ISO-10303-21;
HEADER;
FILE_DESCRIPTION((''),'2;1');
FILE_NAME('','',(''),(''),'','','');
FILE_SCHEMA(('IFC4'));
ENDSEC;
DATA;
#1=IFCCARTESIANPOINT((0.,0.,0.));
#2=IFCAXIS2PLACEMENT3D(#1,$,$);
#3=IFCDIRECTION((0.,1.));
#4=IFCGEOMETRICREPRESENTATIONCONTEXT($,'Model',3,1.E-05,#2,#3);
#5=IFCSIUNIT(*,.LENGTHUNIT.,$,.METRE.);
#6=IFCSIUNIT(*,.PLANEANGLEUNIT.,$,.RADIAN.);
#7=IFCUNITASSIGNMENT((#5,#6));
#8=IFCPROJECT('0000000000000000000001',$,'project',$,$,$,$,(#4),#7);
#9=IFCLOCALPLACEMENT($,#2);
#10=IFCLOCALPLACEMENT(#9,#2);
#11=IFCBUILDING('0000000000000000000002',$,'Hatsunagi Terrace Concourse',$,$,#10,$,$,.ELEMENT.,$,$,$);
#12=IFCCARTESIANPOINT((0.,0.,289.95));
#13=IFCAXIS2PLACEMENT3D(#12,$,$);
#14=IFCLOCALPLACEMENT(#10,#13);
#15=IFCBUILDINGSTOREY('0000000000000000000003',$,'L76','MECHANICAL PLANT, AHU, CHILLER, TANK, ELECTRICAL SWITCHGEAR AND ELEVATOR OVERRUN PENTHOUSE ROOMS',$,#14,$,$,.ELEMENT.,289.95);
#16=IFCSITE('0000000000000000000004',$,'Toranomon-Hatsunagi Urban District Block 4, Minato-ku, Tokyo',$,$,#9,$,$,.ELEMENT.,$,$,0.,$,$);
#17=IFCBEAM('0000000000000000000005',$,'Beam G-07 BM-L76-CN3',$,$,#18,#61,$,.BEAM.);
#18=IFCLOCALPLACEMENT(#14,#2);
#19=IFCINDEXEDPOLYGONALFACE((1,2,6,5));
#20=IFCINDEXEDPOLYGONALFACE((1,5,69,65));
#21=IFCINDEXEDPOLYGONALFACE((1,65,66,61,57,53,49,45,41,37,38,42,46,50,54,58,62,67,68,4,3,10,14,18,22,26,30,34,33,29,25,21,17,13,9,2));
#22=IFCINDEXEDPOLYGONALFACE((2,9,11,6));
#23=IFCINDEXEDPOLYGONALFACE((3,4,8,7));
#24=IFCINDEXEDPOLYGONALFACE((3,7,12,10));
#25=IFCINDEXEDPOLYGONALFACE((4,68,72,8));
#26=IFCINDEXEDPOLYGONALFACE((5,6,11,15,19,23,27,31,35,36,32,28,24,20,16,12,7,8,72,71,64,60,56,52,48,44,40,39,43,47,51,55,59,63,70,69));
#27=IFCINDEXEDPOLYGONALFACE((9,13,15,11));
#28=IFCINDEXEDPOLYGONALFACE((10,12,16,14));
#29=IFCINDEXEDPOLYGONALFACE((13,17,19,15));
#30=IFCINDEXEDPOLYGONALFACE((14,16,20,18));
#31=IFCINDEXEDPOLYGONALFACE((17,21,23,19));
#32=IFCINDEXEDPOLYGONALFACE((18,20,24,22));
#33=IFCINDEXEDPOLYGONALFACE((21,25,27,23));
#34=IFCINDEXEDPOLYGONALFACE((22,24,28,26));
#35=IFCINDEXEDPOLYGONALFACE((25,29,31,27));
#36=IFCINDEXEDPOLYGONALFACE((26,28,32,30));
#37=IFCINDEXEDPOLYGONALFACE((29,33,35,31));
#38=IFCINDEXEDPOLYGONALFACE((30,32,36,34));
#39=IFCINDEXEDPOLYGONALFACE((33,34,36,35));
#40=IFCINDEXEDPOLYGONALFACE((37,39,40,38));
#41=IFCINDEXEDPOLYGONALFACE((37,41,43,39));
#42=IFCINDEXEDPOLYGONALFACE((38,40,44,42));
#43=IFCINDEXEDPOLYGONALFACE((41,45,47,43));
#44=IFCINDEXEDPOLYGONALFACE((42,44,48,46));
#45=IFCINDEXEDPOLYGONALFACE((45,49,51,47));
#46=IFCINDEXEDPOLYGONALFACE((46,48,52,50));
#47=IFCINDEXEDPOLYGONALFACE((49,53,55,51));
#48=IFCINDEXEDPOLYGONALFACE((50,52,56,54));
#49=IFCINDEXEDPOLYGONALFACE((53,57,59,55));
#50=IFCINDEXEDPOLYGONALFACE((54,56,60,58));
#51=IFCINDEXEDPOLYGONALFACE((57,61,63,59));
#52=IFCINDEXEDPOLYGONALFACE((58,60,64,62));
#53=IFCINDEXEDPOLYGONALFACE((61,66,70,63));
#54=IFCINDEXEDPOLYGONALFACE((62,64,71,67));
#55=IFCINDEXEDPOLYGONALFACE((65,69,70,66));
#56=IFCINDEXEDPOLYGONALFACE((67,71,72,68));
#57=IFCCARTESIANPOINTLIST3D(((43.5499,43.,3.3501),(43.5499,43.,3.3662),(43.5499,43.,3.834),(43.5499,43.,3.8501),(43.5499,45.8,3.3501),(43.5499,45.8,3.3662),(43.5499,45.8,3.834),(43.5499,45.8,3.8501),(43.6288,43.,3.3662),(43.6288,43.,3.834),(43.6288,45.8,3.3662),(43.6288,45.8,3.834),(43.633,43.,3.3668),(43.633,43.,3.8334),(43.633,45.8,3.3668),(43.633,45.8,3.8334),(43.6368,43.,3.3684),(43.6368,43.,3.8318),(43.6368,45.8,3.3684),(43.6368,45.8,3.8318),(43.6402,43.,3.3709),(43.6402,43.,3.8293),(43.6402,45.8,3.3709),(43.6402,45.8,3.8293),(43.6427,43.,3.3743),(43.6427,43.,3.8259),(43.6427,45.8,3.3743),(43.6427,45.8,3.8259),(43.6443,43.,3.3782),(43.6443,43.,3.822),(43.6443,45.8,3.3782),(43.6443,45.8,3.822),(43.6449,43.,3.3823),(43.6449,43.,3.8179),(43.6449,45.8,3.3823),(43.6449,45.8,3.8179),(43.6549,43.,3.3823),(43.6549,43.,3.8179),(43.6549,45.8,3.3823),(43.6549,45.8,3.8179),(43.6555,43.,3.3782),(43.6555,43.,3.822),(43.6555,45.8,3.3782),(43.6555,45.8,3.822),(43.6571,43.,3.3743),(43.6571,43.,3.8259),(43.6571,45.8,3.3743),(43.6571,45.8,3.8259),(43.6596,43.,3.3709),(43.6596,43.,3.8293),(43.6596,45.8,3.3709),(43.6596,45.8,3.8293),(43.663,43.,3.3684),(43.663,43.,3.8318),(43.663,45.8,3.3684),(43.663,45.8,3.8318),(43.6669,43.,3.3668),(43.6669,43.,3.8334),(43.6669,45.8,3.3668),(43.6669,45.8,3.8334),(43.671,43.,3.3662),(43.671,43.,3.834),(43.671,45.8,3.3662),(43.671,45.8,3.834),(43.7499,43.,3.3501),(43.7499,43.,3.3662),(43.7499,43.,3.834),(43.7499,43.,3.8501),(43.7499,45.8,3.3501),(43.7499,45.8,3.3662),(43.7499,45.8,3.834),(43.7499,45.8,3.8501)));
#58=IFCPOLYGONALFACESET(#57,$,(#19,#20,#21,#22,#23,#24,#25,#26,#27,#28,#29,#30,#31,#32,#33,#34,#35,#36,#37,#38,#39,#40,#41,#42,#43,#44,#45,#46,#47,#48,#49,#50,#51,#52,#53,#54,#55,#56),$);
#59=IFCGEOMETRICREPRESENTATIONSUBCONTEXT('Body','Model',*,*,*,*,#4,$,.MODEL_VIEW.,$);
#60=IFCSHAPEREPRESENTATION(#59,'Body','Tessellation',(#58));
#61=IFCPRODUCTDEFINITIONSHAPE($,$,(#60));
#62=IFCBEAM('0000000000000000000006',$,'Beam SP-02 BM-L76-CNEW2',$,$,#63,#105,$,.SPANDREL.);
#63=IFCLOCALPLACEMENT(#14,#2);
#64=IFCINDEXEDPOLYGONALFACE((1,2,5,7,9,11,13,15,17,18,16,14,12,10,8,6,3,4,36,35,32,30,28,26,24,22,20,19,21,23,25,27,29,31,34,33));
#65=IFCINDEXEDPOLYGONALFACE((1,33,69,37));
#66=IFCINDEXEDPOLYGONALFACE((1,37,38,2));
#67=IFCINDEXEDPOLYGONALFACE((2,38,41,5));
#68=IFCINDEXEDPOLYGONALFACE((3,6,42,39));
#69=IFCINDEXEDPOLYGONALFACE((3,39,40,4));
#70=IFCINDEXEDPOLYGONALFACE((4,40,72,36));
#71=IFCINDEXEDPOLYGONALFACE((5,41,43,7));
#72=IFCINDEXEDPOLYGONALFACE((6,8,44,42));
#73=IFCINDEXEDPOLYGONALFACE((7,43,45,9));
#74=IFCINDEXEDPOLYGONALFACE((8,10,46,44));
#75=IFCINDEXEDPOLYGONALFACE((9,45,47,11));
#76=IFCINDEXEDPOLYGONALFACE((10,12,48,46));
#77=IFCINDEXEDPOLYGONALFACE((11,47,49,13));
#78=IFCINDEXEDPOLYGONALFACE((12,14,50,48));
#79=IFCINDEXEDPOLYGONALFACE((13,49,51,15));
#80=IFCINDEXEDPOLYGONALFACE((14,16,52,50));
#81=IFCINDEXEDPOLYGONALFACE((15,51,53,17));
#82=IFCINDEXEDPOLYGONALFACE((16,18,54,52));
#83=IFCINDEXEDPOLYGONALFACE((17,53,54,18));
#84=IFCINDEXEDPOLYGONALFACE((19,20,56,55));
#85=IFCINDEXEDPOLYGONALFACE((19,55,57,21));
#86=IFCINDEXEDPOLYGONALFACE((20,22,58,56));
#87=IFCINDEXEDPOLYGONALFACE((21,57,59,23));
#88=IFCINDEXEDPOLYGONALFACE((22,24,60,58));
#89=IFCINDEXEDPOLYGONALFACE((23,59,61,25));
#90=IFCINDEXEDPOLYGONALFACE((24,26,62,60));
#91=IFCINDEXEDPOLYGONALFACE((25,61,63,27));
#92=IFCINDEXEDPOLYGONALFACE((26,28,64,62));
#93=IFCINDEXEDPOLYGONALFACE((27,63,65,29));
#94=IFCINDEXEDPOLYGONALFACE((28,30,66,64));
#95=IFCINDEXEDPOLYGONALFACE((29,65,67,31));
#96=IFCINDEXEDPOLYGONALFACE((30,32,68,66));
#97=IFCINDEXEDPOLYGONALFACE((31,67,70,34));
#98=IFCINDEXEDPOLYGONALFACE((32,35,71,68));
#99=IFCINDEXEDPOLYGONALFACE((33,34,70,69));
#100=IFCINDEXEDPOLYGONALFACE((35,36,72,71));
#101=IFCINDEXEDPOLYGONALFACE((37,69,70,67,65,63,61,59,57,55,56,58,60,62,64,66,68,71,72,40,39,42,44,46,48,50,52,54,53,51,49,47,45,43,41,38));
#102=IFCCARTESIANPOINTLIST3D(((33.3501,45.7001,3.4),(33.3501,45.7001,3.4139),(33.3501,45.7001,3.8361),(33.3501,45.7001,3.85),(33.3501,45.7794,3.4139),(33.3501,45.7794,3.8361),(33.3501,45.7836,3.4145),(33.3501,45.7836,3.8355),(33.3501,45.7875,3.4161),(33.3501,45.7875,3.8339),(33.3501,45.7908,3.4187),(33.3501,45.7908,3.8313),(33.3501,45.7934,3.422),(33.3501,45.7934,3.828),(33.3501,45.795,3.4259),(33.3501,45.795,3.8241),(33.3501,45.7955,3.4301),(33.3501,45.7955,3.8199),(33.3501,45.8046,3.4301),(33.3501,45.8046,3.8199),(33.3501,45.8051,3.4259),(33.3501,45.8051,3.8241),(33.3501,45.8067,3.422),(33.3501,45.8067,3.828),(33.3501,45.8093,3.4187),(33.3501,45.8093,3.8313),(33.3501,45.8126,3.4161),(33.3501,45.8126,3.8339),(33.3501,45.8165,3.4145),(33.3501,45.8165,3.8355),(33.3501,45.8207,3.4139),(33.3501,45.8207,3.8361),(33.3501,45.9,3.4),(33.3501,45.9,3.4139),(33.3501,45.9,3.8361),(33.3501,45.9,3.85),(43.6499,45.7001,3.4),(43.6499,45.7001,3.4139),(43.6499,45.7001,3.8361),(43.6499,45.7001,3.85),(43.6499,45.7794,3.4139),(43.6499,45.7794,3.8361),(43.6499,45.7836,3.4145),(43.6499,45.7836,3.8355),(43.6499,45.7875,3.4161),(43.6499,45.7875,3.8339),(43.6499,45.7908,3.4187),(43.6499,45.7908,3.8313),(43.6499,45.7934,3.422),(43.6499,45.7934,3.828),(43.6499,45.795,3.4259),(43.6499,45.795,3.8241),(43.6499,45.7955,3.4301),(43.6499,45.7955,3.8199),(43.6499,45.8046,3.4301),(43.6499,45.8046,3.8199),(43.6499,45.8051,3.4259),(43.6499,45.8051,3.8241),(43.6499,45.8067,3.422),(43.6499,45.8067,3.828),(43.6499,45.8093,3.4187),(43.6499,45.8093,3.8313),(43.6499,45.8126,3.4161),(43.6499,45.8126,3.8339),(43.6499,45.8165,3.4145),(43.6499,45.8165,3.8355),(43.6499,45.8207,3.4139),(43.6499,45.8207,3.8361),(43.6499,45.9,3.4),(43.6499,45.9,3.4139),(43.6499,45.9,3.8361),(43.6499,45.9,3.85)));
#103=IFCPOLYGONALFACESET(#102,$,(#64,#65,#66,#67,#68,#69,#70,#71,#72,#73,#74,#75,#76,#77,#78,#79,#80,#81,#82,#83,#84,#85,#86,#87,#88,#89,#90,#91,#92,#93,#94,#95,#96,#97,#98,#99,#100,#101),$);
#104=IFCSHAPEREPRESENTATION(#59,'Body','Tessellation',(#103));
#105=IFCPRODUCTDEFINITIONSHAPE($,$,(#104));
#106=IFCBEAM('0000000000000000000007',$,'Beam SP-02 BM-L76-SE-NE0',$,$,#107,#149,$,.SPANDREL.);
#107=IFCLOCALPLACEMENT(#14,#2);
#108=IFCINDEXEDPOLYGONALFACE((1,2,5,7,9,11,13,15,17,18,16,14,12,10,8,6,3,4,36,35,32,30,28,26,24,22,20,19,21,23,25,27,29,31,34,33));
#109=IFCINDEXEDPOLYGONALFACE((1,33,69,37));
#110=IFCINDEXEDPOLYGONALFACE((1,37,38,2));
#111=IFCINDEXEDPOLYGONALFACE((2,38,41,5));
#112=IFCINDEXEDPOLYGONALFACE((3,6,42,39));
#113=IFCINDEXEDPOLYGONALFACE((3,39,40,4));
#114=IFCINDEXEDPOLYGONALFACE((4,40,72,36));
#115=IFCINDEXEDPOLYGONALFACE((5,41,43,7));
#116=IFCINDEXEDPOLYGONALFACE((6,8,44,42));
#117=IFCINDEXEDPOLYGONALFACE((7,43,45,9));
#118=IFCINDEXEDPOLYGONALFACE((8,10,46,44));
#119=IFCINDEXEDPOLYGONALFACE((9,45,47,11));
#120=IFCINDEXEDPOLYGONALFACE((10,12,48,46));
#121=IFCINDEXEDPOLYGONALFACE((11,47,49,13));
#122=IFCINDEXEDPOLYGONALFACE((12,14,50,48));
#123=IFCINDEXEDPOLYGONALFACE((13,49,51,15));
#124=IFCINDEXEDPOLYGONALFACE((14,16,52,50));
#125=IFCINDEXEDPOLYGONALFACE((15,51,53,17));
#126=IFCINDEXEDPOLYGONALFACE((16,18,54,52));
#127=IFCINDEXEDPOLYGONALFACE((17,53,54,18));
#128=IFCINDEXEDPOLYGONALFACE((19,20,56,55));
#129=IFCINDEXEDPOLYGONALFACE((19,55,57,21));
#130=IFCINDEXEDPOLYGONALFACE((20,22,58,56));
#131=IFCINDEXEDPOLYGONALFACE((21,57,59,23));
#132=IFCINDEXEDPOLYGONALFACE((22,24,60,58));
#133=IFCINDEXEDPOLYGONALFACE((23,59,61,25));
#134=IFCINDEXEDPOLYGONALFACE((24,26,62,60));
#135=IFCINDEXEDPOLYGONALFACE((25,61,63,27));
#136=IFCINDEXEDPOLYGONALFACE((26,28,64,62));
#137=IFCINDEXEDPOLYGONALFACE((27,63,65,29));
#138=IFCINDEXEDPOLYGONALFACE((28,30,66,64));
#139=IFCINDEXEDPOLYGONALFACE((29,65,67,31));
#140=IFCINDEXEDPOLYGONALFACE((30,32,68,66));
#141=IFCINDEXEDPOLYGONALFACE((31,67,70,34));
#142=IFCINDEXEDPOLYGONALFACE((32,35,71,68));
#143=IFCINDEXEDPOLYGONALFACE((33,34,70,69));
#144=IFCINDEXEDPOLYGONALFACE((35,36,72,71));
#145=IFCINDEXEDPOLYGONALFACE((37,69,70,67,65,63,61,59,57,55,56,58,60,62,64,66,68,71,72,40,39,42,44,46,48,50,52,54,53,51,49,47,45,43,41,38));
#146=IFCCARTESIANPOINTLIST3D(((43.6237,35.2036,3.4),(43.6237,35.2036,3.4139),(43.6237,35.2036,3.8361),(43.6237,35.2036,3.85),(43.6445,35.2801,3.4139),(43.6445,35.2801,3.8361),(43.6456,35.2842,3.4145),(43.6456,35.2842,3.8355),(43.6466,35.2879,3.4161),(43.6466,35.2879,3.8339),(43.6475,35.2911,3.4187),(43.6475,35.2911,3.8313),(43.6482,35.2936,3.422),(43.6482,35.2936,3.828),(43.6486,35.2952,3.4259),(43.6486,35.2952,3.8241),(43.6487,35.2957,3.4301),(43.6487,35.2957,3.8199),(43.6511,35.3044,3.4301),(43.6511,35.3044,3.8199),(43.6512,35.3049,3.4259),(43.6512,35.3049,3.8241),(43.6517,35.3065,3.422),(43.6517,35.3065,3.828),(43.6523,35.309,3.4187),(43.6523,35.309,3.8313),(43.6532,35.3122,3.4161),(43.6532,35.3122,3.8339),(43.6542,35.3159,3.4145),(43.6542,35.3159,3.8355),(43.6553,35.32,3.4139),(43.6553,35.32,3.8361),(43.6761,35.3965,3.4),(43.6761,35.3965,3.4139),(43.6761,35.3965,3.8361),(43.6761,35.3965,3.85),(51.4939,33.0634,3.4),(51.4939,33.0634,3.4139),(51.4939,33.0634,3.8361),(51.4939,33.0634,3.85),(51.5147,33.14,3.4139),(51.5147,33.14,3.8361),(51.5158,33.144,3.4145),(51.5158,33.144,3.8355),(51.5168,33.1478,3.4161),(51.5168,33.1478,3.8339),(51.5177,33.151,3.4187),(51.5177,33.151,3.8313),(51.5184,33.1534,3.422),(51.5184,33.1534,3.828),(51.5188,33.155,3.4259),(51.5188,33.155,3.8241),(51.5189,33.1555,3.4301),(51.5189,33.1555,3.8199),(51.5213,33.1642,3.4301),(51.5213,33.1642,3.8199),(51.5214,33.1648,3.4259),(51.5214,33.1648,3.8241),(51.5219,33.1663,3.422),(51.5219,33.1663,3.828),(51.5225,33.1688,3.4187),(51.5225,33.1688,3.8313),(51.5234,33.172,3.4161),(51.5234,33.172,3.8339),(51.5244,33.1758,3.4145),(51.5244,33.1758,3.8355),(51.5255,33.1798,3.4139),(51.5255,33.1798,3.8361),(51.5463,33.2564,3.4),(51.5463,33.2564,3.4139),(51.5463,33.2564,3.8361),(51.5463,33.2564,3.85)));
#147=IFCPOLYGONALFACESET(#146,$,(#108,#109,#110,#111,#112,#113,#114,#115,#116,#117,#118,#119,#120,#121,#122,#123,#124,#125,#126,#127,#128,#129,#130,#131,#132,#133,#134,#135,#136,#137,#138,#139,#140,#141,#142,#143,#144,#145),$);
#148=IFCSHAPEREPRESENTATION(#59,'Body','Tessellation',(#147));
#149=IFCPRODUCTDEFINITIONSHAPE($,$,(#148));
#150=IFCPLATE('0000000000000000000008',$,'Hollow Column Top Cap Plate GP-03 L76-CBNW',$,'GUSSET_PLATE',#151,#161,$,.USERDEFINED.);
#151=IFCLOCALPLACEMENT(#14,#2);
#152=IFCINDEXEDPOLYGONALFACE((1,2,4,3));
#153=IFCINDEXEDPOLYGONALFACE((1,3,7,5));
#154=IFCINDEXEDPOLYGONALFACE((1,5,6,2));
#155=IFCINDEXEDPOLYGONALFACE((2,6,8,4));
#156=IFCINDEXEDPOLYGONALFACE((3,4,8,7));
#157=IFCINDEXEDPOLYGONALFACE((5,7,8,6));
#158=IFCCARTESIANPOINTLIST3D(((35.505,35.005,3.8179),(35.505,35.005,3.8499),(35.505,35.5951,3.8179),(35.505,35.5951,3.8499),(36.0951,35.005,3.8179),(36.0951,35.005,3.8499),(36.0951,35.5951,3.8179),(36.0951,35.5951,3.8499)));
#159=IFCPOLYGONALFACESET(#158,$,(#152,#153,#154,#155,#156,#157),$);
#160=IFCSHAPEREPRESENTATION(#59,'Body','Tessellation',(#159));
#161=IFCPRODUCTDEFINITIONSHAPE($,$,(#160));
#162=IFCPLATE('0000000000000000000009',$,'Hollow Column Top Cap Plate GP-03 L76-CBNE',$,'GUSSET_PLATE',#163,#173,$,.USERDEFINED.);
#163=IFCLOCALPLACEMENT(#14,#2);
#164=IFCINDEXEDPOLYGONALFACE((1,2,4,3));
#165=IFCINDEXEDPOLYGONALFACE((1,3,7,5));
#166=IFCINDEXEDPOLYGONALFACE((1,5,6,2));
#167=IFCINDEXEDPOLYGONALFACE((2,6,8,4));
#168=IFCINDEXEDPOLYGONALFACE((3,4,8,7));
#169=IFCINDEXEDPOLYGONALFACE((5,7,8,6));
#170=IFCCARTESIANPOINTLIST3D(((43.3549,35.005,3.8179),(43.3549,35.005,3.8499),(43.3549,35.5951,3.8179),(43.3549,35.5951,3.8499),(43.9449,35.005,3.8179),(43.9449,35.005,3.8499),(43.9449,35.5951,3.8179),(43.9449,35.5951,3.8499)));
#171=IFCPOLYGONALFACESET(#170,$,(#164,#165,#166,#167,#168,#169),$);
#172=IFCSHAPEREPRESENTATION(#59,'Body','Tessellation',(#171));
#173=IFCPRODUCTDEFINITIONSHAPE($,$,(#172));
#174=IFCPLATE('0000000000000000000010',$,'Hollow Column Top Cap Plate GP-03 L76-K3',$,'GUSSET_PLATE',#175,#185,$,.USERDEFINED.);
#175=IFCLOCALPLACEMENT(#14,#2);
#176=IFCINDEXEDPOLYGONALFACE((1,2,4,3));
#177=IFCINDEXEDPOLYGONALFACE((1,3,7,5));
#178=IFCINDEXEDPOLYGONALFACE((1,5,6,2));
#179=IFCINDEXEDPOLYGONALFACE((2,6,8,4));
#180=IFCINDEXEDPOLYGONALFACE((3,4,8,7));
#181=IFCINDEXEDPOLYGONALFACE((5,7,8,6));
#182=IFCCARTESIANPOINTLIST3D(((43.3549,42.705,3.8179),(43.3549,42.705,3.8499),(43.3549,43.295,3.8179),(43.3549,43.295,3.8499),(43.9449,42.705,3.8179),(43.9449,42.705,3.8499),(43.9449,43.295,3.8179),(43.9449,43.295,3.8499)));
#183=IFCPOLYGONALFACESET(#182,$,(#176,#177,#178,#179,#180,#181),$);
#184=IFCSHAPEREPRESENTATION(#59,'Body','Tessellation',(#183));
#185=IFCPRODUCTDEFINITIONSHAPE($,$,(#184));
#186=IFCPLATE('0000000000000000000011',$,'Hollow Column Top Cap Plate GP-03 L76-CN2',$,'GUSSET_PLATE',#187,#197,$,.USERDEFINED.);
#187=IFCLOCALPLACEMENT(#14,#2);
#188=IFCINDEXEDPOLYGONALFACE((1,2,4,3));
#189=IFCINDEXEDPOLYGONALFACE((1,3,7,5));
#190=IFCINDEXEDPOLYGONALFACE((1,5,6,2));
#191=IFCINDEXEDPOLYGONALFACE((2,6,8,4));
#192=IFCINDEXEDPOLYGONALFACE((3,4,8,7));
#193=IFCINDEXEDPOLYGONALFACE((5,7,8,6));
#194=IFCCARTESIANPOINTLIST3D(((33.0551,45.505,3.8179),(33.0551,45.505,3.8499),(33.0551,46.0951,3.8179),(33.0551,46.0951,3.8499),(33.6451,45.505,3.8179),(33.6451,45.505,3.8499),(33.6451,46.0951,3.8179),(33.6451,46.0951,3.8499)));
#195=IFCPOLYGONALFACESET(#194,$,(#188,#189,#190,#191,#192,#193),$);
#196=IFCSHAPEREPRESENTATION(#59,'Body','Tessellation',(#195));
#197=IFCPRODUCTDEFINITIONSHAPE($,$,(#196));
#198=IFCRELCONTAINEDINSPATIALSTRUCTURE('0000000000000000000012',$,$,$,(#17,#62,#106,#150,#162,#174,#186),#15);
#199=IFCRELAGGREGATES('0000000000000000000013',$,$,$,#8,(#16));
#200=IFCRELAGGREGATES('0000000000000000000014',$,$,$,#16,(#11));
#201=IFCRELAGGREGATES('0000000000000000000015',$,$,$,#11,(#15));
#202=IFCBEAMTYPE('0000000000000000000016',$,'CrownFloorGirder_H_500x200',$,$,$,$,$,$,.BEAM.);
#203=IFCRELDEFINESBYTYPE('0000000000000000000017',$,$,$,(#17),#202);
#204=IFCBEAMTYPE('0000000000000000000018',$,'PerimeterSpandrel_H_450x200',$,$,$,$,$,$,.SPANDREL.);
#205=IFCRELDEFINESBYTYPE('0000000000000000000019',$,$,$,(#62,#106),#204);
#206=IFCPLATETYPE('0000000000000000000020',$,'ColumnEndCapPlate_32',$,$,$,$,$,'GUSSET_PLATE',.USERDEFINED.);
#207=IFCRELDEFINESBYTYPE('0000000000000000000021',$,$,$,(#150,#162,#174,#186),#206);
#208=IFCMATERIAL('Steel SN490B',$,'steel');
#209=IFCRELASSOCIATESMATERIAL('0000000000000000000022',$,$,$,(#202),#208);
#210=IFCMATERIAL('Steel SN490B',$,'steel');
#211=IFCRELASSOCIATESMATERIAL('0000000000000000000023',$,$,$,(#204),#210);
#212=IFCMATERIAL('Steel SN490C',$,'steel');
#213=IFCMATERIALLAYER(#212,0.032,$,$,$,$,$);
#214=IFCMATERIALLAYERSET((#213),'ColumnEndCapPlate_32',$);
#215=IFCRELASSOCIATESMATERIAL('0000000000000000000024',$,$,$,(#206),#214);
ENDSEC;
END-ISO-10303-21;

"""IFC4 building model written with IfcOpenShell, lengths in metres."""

from ifc_helpers import new_model, si_unit, direction, frame, origin, origin_2d, place, context, subcontext, project, spatial, rectangle, i_section, extrude, material, layer, layer_set, material_profile, profile_set, type_object, element, save


model = new_model("IFC4")

# Units and contexts
model_context = context("Model", 3, precision=1e-05, world=origin(), true_north=direction((0.0, 1.0)))
body_context = subcontext(model_context, "Body", "Model", "MODEL_VIEW")
ifc_project = project(units=[si_unit("LENGTHUNIT", "METRE"), si_unit("PLANEANGLEUNIT", "RADIAN")], contexts=[model_context])

# Site, building, storey
site_placement = place(None, origin())
site = spatial("IfcSite", under=ifc_project, at=site_placement, Name="Toranomon-Hatsunagi Urban District Block 4, Minato-ku, Tokyo", CompositionType="ELEMENT", RefElevation=0.0)
building_placement = place(site_placement, origin())
building = spatial("IfcBuilding", under=site, at=building_placement, Name="Hatsunagi Terrace Concourse", CompositionType="ELEMENT")
storey_placement = place(building_placement, frame((0.0, 0.0, 289.95)))
storey = spatial("IfcBuildingStorey", under=building, at=storey_placement, Name="L76", Description="MECHANICAL PLANT, AHU, CHILLER, TANK, ELECTRICAL SWITCHGEAR AND ELEVATOR OVERRUN PENTHOUSE ROOMS", CompositionType="ELEMENT", Elevation=289.95)

# Beams
ifc_material_1 = material(Name="Steel SN490B", Category="steel")
ifc_material_profile_1 = material_profile(ifc_material_1, i_section(OverallWidth=0.2, OverallDepth=0.5, WebThickness=0.01, FlangeThickness=0.0161, FilletRadius=0.0161, at=origin_2d()), Name="H-500x200x10x16")
ifc_profile_set_1 = profile_set([ifc_material_profile_1], Name="Steel SN490B")
beam_type_1 = type_object("IfcBeamType", Name="CrownFloorGirder_H_500x200", PredefinedType="BEAM", material=ifc_profile_set_1)
beam_1_placement = place(storey_placement, frame((43.6499, 43.0, 3.6001), z_axis=(0.0, 1.0, 0.0), x_axis=(-1.0, 0.0, 0.0)))
element("IfcBeam", 1, at=beam_1_placement, inside=storey, type_object=beam_type_1, Name="Beam G-07 BM-L76-CN3", PredefinedType="BEAM", context=body_context, shape_type="SweptSolid", body=[
    extrude(i_section(OverallWidth=0.2, OverallDepth=0.5, WebThickness=0.01, FlangeThickness=0.0161, FilletRadius=0.0161, at=origin_2d()), origin(), (0.0, 0.0, 1.0), 2.8),
])
ifc_material_2 = material(Name="Steel SN490B", Category="steel")
ifc_material_profile_2 = material_profile(ifc_material_2, i_section(OverallWidth=0.2, OverallDepth=0.45, WebThickness=0.009, FlangeThickness=0.0139, FilletRadius=0.0161, at=origin_2d()), Name="H-450x200x9x14")
ifc_profile_set_2 = profile_set([ifc_material_profile_2], Name="Steel SN490B")
beam_type_2 = type_object("IfcBeamType", Name="PerimeterSpandrel_H_450x200", PredefinedType="SPANDREL", material=ifc_profile_set_2)
beam_2_placement = place(storey_placement, frame((33.3501, 45.8, 3.625), z_axis=(1.0, 0.0, 0.0), x_axis=(0.0, 1.0, 0.0)))
element("IfcBeam", 2, at=beam_2_placement, inside=storey, type_object=beam_type_2, Name="Beam SP-02 BM-L76-CNEW2", PredefinedType="SPANDREL", context=body_context, shape_type="SweptSolid", body=[
    extrude(i_section(OverallWidth=0.2, OverallDepth=0.45, WebThickness=0.009, FlangeThickness=0.0139, FilletRadius=0.0161, at=origin_2d()), origin(), (0.0, 0.0, 1.0), 10.2998),
])
beam_3_placement = place(storey_placement, frame((43.6499, 35.3, 3.625), z_axis=(0.964958, -0.262403, 0.0), x_axis=(0.262403, 0.964958, 0.0)))
element("IfcBeam", 3, at=beam_3_placement, inside=storey, type_object=beam_type_2, Name="Beam SP-02 BM-L76-SE-NE0", PredefinedType="SPANDREL", context=body_context, shape_type="SweptSolid", body=[
    extrude(i_section(OverallWidth=0.2, OverallDepth=0.45, WebThickness=0.009, FlangeThickness=0.0139, FilletRadius=0.0161, at=origin_2d()), origin(), (0.0, 0.0, 1.0), 8.156),
])

# Plates
ifc_material_3 = material(Name="Steel SN490C", Category="steel")
ifc_layer_1 = layer(ifc_material_3, 0.032)
ifc_layer_set_1 = layer_set([ifc_layer_1], Name="ColumnEndCapPlate_32")
plate_type = type_object("IfcPlateType", Name="ColumnEndCapPlate_32", ElementType="GUSSET_PLATE", PredefinedType="USERDEFINED", material=ifc_layer_set_1)
for number, where, z_axis, x_axis, name in (
    (4, (35.8, 35.3, 3.8179), (0.0, 0.0, 1.0), (1.0, 0.0, 0.0), "Hollow Column Top Cap Plate GP-03 L76-CBNW"),
    (5, (43.6499, 35.3, 3.8179), (0.0, 0.0, 1.0), (1.0, 0.0, 0.0), "Hollow Column Top Cap Plate GP-03 L76-CBNE"),
    (6, (43.6499, 43.0, 3.8179), (0.0, 0.0, 1.0), (1.0, 0.0, 0.0), "Hollow Column Top Cap Plate GP-03 L76-K3"),
    (7, (33.3501, 45.8, 3.8179), (0.0, 0.0, 1.0), (1.0, 0.0, 0.0), "Hollow Column Top Cap Plate GP-03 L76-CN2"),
):
    element("IfcPlate", number, at=place(storey_placement, frame(where, z_axis=z_axis, x_axis=x_axis)), inside=storey, type_object=plate_type, Name=name, ObjectType="GUSSET_PLATE", PredefinedType="USERDEFINED", context=body_context, shape_type="SweptSolid", body=[
        extrude(rectangle(XDim=0.5901, YDim=0.5901, at=origin_2d()), origin(), (0.0, 0.0, 1.0), 0.032),
    ])

save(model, "model.ifc")
